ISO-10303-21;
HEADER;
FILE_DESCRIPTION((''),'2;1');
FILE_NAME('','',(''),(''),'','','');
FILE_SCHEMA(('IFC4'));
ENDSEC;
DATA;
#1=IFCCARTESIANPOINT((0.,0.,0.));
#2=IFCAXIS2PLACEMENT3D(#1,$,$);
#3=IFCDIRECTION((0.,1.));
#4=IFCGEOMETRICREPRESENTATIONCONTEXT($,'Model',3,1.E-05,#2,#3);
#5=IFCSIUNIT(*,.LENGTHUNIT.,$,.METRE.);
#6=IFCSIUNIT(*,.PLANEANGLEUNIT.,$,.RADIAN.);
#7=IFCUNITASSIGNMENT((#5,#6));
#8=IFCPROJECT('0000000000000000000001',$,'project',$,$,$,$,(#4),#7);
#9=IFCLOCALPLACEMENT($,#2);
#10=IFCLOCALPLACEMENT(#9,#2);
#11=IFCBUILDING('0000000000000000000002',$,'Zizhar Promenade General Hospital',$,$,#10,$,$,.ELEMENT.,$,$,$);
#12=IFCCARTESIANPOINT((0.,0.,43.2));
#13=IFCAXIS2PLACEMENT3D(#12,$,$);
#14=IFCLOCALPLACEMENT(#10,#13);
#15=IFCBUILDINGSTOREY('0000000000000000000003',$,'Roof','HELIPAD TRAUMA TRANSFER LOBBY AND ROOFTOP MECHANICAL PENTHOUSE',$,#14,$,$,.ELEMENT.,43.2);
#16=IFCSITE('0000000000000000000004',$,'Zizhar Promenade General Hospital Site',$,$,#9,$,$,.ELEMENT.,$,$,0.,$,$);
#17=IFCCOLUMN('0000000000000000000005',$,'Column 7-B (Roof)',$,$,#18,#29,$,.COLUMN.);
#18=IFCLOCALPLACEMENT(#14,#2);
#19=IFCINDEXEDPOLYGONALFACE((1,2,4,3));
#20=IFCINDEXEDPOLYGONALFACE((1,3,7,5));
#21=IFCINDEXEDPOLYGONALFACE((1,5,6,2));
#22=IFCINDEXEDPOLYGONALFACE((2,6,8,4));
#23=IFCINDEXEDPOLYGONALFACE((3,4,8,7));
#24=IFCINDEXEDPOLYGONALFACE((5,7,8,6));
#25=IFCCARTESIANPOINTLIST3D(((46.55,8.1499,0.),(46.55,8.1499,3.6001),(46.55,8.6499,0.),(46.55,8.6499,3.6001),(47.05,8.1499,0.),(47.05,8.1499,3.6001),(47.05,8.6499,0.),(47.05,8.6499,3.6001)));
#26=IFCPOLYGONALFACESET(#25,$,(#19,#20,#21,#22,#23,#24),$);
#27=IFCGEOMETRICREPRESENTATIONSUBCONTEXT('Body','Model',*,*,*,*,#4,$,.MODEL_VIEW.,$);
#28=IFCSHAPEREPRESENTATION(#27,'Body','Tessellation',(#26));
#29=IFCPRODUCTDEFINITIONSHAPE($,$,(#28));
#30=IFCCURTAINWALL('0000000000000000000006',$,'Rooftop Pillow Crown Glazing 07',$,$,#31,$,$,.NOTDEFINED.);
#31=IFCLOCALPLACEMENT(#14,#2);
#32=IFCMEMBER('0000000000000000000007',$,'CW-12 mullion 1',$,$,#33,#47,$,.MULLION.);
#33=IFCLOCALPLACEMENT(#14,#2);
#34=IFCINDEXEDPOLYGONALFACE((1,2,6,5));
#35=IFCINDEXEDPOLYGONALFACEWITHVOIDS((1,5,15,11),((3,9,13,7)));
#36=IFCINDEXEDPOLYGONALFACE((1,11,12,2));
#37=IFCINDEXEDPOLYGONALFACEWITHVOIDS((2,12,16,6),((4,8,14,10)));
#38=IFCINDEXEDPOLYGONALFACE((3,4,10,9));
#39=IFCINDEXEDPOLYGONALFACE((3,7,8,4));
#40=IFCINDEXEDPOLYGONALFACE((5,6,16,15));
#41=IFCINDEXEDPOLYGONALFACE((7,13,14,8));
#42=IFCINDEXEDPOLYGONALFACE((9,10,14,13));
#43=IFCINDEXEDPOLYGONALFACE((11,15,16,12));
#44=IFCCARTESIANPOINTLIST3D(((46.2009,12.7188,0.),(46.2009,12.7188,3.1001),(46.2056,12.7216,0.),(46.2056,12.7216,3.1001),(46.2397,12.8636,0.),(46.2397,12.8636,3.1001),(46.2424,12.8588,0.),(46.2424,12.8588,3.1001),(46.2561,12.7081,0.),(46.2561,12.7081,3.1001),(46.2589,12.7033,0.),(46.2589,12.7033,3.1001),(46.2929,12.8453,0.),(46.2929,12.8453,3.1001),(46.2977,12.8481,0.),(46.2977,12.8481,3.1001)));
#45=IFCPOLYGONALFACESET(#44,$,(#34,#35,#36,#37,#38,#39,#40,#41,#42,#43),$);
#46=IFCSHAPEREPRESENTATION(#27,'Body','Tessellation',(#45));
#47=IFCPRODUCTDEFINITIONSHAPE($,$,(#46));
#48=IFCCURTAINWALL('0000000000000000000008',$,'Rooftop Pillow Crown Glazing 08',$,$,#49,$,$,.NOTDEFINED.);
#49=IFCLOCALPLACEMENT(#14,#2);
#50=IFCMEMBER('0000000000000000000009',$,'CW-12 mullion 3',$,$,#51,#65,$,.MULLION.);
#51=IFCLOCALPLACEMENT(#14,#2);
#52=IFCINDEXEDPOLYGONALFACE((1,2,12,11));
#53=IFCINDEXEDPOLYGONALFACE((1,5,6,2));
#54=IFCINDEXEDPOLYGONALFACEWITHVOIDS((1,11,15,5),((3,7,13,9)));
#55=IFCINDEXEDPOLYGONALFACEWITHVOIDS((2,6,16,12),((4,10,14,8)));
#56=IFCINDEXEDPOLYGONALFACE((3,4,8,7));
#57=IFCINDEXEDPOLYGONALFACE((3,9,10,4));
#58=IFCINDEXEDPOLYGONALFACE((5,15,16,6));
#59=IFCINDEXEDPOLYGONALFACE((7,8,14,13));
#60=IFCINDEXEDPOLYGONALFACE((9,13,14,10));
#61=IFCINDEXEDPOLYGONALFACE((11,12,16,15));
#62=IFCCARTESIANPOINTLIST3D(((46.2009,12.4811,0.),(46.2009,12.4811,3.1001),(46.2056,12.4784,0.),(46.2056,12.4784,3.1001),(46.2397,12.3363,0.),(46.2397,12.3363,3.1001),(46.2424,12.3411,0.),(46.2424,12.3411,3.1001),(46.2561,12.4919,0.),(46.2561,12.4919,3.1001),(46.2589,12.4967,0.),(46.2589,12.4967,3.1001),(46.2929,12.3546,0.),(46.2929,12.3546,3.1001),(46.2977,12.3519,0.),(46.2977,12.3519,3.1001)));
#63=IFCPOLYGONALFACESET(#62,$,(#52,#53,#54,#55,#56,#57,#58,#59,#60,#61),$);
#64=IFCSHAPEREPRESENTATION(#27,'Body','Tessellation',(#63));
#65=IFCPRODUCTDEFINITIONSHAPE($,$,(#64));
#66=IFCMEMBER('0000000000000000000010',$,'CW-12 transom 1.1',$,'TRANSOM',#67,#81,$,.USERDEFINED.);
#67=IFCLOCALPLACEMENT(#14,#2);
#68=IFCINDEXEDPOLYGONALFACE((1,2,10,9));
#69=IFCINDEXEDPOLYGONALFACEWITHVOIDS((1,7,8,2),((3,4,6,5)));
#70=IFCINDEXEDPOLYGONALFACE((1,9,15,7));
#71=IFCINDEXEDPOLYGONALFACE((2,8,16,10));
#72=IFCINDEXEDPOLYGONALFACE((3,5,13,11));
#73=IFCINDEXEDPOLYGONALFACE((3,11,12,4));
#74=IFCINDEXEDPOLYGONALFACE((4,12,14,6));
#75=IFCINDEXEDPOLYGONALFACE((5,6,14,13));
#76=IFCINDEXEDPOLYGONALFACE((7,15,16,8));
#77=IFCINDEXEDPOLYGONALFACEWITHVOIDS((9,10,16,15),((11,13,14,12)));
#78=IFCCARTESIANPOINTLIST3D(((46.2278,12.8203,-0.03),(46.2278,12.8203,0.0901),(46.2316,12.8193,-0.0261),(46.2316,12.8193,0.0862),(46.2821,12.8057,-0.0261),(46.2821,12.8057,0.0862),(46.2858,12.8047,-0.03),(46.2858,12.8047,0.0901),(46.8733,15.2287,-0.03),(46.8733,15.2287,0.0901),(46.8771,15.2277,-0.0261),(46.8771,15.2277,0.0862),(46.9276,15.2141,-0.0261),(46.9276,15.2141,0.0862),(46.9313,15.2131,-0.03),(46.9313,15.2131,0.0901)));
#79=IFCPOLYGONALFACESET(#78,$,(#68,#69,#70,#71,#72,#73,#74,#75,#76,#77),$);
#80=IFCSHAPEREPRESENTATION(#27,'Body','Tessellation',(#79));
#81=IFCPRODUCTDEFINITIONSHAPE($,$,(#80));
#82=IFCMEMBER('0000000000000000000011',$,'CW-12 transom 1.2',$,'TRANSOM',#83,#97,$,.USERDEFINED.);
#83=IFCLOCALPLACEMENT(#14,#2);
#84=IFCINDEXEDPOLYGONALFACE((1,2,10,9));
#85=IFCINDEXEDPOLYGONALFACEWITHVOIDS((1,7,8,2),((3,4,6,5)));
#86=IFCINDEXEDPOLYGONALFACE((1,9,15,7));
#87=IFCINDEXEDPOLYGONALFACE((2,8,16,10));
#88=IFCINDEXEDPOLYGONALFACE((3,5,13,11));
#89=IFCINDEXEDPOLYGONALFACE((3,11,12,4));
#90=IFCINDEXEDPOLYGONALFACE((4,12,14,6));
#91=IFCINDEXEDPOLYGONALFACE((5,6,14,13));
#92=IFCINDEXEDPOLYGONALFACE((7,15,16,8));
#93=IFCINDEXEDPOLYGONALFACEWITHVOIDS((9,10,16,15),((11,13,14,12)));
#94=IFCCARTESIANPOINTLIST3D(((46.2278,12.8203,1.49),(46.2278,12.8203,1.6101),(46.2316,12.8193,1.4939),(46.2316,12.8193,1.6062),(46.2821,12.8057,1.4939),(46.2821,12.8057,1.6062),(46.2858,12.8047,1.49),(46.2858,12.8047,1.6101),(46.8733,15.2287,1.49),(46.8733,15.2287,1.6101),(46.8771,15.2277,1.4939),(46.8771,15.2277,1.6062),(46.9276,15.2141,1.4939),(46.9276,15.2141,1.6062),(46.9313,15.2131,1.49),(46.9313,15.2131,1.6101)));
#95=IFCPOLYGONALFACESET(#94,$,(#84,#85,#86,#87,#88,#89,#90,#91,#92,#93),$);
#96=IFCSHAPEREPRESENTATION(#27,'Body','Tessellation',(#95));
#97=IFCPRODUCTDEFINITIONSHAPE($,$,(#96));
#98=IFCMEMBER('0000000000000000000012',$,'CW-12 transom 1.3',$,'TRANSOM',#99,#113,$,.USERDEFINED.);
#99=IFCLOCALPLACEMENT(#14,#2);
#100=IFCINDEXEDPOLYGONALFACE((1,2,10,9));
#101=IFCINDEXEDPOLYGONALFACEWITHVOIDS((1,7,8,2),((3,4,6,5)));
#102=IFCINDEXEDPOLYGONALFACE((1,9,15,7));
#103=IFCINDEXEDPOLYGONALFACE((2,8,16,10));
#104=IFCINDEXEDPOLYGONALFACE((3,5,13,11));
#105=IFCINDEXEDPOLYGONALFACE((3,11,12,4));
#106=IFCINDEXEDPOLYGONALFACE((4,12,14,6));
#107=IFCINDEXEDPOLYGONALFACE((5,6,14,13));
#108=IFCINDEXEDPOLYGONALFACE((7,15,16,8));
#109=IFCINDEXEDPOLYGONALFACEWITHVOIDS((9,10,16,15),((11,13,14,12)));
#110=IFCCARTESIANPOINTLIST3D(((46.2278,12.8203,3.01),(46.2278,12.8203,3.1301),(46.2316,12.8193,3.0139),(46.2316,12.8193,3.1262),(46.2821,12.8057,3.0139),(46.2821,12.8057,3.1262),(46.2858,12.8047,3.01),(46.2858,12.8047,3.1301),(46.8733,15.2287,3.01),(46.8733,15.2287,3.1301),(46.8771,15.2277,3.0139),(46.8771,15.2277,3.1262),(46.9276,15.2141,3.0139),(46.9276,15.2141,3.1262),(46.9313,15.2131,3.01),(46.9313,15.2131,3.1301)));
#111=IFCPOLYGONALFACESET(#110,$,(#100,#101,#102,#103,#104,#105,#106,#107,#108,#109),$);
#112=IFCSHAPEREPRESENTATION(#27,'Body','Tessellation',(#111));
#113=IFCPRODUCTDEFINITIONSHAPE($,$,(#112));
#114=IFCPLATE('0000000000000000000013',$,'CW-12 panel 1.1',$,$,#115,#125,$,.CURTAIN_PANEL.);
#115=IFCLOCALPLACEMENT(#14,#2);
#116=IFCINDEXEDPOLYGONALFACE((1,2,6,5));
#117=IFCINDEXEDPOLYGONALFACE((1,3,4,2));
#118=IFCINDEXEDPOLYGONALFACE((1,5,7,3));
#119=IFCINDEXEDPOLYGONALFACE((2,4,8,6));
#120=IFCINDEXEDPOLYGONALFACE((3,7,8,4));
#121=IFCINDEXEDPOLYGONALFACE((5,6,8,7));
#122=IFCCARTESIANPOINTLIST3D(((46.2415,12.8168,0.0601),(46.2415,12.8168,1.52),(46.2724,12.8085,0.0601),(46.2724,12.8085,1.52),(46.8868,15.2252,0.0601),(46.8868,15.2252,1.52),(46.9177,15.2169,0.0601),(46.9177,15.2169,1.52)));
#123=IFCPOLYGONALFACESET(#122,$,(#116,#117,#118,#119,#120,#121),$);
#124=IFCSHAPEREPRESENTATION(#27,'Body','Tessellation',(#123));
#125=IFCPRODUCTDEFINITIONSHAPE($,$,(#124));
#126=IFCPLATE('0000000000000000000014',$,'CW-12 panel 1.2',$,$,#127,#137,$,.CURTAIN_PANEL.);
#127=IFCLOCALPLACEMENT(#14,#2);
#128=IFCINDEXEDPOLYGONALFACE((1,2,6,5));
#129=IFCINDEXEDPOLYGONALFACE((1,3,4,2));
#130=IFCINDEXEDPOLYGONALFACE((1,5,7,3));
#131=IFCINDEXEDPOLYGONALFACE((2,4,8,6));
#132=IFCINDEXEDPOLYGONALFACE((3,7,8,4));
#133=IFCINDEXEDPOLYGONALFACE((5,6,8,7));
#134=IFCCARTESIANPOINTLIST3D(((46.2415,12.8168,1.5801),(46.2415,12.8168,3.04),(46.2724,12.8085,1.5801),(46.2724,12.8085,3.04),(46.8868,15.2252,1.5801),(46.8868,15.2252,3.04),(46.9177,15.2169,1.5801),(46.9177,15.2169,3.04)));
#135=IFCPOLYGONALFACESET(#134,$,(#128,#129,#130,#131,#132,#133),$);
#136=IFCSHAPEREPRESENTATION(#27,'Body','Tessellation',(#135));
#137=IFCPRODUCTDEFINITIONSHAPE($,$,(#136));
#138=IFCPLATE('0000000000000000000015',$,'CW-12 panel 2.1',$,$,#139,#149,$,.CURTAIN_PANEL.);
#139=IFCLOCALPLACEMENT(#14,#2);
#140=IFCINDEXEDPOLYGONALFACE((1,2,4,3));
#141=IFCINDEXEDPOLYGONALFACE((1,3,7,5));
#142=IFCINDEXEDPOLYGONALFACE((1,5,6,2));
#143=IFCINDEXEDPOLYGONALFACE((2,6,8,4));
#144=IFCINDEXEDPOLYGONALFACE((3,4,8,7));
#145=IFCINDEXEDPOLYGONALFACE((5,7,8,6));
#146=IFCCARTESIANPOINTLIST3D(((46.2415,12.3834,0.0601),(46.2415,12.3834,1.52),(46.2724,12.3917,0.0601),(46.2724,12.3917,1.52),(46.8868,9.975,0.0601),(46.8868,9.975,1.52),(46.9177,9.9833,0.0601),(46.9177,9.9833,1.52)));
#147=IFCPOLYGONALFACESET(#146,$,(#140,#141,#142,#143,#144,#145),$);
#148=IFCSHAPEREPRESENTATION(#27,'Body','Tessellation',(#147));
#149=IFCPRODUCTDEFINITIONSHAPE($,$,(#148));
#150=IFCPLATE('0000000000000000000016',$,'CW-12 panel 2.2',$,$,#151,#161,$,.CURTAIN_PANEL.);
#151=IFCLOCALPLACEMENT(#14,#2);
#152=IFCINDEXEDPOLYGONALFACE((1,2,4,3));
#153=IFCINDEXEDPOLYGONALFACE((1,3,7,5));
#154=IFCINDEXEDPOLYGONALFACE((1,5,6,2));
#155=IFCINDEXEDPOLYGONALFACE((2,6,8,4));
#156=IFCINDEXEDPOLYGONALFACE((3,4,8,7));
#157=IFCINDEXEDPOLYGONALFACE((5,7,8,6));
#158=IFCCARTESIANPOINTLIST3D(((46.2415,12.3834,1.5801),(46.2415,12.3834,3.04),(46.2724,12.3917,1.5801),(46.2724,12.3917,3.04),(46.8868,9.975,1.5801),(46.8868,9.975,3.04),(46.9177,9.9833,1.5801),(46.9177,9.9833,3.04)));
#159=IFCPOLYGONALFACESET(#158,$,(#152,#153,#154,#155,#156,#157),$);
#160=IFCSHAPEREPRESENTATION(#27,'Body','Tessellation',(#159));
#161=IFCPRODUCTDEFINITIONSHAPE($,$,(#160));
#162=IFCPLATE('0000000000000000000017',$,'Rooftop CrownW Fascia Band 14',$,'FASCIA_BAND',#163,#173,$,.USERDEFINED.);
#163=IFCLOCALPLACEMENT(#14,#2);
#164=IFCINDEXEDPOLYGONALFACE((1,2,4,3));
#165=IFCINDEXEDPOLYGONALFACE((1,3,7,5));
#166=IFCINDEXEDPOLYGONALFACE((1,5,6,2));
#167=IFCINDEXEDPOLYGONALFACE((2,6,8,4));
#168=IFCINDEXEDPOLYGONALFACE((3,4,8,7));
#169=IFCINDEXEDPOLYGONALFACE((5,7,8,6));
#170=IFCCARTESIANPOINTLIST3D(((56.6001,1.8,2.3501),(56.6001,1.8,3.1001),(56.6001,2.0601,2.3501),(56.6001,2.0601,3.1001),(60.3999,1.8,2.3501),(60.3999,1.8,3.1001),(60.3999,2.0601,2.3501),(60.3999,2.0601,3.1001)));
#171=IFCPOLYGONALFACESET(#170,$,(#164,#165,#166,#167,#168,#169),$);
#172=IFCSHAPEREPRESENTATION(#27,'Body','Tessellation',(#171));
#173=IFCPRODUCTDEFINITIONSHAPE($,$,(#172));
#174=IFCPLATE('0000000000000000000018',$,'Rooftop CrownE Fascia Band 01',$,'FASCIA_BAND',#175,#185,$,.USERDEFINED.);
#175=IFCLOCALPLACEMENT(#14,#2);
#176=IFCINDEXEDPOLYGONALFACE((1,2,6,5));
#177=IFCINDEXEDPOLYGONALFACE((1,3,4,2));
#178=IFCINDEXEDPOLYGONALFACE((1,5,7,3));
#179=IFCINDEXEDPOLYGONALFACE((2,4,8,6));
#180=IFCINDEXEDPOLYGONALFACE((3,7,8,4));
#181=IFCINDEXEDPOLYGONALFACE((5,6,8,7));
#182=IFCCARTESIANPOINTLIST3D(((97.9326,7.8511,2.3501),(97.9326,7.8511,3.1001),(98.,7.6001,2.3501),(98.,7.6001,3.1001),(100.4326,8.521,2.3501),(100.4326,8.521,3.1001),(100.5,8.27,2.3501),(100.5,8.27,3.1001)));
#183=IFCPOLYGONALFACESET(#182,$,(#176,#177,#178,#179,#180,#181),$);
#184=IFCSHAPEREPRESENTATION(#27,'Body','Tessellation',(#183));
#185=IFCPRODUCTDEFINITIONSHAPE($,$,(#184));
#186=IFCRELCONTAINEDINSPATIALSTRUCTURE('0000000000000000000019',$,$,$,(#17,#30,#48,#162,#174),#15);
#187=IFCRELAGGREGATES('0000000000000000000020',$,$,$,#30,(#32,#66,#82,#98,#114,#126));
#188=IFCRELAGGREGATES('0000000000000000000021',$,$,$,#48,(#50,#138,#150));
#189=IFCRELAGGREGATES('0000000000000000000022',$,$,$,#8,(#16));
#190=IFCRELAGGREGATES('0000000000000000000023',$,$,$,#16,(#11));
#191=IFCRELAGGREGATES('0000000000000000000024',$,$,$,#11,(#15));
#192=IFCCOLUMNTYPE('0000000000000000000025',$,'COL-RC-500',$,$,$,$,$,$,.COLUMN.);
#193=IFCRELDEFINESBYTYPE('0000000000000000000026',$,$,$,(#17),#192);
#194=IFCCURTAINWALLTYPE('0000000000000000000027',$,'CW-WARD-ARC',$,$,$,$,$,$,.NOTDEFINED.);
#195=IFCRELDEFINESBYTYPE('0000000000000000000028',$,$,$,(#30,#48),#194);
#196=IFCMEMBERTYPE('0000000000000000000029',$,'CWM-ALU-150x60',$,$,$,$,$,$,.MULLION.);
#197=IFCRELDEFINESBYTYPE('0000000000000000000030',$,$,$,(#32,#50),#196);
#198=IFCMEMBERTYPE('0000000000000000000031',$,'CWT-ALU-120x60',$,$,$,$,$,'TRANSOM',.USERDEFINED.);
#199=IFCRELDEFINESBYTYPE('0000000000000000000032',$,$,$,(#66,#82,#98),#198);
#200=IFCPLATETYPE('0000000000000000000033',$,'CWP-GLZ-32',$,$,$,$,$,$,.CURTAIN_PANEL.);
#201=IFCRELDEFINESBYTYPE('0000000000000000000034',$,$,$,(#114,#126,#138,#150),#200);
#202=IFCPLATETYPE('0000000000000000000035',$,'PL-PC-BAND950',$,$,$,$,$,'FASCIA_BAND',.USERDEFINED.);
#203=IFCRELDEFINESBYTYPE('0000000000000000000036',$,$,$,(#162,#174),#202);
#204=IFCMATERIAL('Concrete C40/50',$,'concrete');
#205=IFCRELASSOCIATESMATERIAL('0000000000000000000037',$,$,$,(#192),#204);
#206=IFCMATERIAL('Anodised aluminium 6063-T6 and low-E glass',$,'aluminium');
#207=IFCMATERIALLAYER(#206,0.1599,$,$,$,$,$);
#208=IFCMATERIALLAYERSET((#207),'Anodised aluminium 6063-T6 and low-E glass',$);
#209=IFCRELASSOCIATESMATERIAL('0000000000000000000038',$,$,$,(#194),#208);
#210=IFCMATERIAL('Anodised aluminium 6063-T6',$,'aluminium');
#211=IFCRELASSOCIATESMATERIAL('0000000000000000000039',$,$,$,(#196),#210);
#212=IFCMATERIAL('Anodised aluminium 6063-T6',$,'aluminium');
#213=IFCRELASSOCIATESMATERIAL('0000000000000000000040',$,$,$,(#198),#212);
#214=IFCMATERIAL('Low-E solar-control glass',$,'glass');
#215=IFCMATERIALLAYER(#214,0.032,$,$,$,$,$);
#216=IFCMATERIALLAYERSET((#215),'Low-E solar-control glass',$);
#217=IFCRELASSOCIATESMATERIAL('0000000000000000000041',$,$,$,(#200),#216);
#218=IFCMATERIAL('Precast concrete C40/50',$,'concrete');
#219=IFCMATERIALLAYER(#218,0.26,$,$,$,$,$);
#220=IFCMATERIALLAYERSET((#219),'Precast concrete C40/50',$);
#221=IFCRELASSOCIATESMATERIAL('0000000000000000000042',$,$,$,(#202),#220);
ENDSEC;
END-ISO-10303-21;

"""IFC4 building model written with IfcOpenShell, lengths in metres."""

from ifc_helpers import new_model, si_unit, direction, frame, origin, origin_2d, place, context, subcontext, project, spatial, polyline, rectangle, hollow_rectangle, outline, extrude, material, layer, layer_set, material_profile, profile_set, type_object, element, aggregate, save


model = new_model("IFC4")

# Units and contexts
model_context = context("Model", 3, precision=1e-05, world=origin(), true_north=direction((0.0, 1.0)))
body_context = subcontext(model_context, "Body", "Model", "MODEL_VIEW")
ifc_project = project(units=[si_unit("LENGTHUNIT", "METRE"), si_unit("PLANEANGLEUNIT", "RADIAN")], contexts=[model_context])

# Site, building, storey
site_placement = place(None, origin())
site = spatial("IfcSite", under=ifc_project, at=site_placement, Name="Zizhar Promenade General Hospital Site", CompositionType="ELEMENT", RefElevation=0.0)
building_placement = place(site_placement, origin())
building = spatial("IfcBuilding", under=site, at=building_placement, Name="Zizhar Promenade General Hospital", CompositionType="ELEMENT")
storey_placement = place(building_placement, frame((0.0, 0.0, 43.2)))
storey = spatial("IfcBuildingStorey", under=building, at=storey_placement, Name="Roof", Description="HELIPAD TRAUMA TRANSFER LOBBY AND ROOFTOP MECHANICAL PENTHOUSE", CompositionType="ELEMENT", Elevation=43.2)

# Column
ifc_material_1 = material(Name="Concrete C40/50", Category="concrete")
ifc_material_profile_1 = material_profile(ifc_material_1, rectangle(XDim=0.5, YDim=0.5, at=origin_2d()))
ifc_profile_set_1 = profile_set([ifc_material_profile_1], Name="Concrete C40/50")
column_type = type_object("IfcColumnType", Name="COL-RC-500", PredefinedType="COLUMN", material=ifc_profile_set_1)
column_placement = place(storey_placement, frame((46.8, 8.3999, 0.0), z_axis=(0.0, 0.0, 1.0), x_axis=(1.0, 0.0, 0.0)))
element("IfcColumn", 1, at=column_placement, inside=storey, type_object=column_type, Name="Column 7-B (Roof)", PredefinedType="COLUMN", context=body_context, shape_type="SweptSolid", body=[
    extrude(rectangle(XDim=0.5, YDim=0.5, at=origin_2d()), origin(), (0.0, 0.0, 1.0), 3.6001),
])

# Curtain walls, members
ifc_material_2 = material(Name="Anodised aluminium 6063-T6 and low-E glass", Category="aluminium")
ifc_layer_1 = layer(ifc_material_2, 0.1599)
ifc_layer_set_1 = layer_set([ifc_layer_1], Name="Anodised aluminium 6063-T6 and low-E glass")
curtain_wall_type = type_object("IfcCurtainWallType", Name="CW-WARD-ARC", PredefinedType="NOTDEFINED", material=ifc_layer_set_1)
curtain_wall_1_placement = place(storey_placement, origin())
curtain_wall_1 = element("IfcCurtainWall", 2, at=curtain_wall_1_placement, inside=storey, type_object=curtain_wall_type, Name="Rooftop Pillow Crown Glazing 07", PredefinedType="NOTDEFINED")
ifc_material_3 = material(Name="Anodised aluminium 6063-T6", Category="aluminium")
ifc_material_profile_2 = material_profile(ifc_material_3, hollow_rectangle(XDim=0.0601, YDim=0.1499, WallThickness=0.0039, at=origin_2d()))
ifc_profile_set_2 = profile_set([ifc_material_profile_2], Name="Anodised aluminium 6063-T6")
member_type_1 = type_object("IfcMemberType", Name="CWM-ALU-150x60", PredefinedType="MULLION", material=ifc_profile_set_2)
member_1_placement = place(storey_placement, frame((46.2493, 12.7834, 0.0), z_axis=(0.0, 0.0, 1.0), x_axis=(-0.965927, 0.258813, 0.0)))
member_1 = element("IfcMember", 3, at=member_1_placement, type_object=member_type_1, Name="CW-12 mullion 1", PredefinedType="MULLION", context=body_context, shape_type="SweptSolid", body=[
    extrude(hollow_rectangle(XDim=0.0601, YDim=0.1499, WallThickness=0.0039, at=origin_2d()), origin(), (0.0, 0.0, 1.0), 3.1001),
])
curtain_wall_2_placement = place(storey_placement, origin())
curtain_wall_2 = element("IfcCurtainWall", 4, at=curtain_wall_2_placement, inside=storey, type_object=curtain_wall_type, Name="Rooftop Pillow Crown Glazing 08", PredefinedType="NOTDEFINED")
member_2_placement = place(storey_placement, frame((46.2493, 12.4165, 0.0), z_axis=(0.0, 0.0, 1.0), x_axis=(-0.965927, -0.258813, 0.0)))
member_2 = element("IfcMember", 5, at=member_2_placement, type_object=member_type_1, Name="CW-12 mullion 3", PredefinedType="MULLION", context=body_context, shape_type="SweptSolid", body=[
    extrude(hollow_rectangle(XDim=0.0601, YDim=0.1499, WallThickness=0.0039, at=origin_2d()), origin(), (0.0, 0.0, 1.0), 3.1001),
])

# Members
ifc_material_4 = material(Name="Anodised aluminium 6063-T6", Category="aluminium")
ifc_material_profile_3 = material_profile(ifc_material_4, hollow_rectangle(XDim=0.0601, YDim=0.1201, WallThickness=0.0039, at=origin_2d()))
ifc_profile_set_3 = profile_set([ifc_material_profile_3], Name="Anodised aluminium 6063-T6")
member_type_2 = type_object("IfcMemberType", Name="CWT-ALU-120x60", ElementType="TRANSOM", PredefinedType="USERDEFINED", material=ifc_profile_set_3)
member_3_placement = place(storey_placement, frame((46.2568, 12.8125, 0.03), z_axis=(0.258881, 0.965909, 0.0), x_axis=(-0.965909, 0.258881, 0.0)))
member_3 = element("IfcMember", 6, at=member_3_placement, type_object=member_type_2, Name="CW-12 transom 1.1", ObjectType="TRANSOM", PredefinedType="USERDEFINED", context=body_context, shape_type="SweptSolid", body=[
    extrude(hollow_rectangle(XDim=0.0601, YDim=0.1201, WallThickness=0.0039, at=origin_2d()), origin(), (0.0, 0.0, 1.0), 2.4934),
])
member_4_placement = place(storey_placement, frame((46.2568, 12.8125, 1.55), z_axis=(0.258881, 0.965909, 0.0), x_axis=(-0.965909, 0.258881, 0.0)))
member_4 = element("IfcMember", 7, at=member_4_placement, type_object=member_type_2, Name="CW-12 transom 1.2", ObjectType="TRANSOM", PredefinedType="USERDEFINED", context=body_context, shape_type="SweptSolid", body=[
    extrude(hollow_rectangle(XDim=0.0601, YDim=0.1201, WallThickness=0.0039, at=origin_2d()), origin(), (0.0, 0.0, 1.0), 2.4934),
])
member_5_placement = place(storey_placement, frame((46.2568, 12.8125, 3.0701), z_axis=(0.258881, 0.965909, 0.0), x_axis=(-0.965909, 0.258881, 0.0)))
member_5 = element("IfcMember", 8, at=member_5_placement, type_object=member_type_2, Name="CW-12 transom 1.3", ObjectType="TRANSOM", PredefinedType="USERDEFINED", context=body_context, shape_type="SweptSolid", body=[
    extrude(hollow_rectangle(XDim=0.0601, YDim=0.1201, WallThickness=0.0039, at=origin_2d()), origin(), (0.0, 0.0, 1.0), 2.4934),
])

# Plates
ifc_material_5 = material(Name="Low-E solar-control glass", Category="glass")
ifc_layer_2 = layer(ifc_material_5, 0.032)
ifc_layer_set_2 = layer_set([ifc_layer_2], Name="Low-E solar-control glass")
plate_type_1 = type_object("IfcPlateType", Name="CWP-GLZ-32", PredefinedType="CURTAIN_PANEL", material=ifc_layer_set_2)
plate_1_placement = place(storey_placement, frame((46.5796, 14.0168, 0.0601), z_axis=(0.0, 0.0, 1.0), x_axis=(0.258813, 0.965927, 0.0)))
plate_1 = element("IfcPlate", 9, at=plate_1_placement, type_object=plate_type_1, Name="CW-12 panel 1.1", PredefinedType="CURTAIN_PANEL", context=body_context, shape_type="SweptSolid", body=[
    extrude(rectangle(XDim=2.4934, YDim=0.032, at=origin_2d()), origin(), (0.0, 0.0, 1.0), 1.46),
])
plate_2_placement = place(storey_placement, frame((46.5796, 14.0168, 1.5801), z_axis=(0.0, 0.0, 1.0), x_axis=(0.258813, 0.965927, 0.0)))
plate_2 = element("IfcPlate", 10, at=plate_2_placement, type_object=plate_type_1, Name="CW-12 panel 1.2", PredefinedType="CURTAIN_PANEL", context=body_context, shape_type="SweptSolid", body=[
    extrude(rectangle(XDim=2.4934, YDim=0.032, at=origin_2d()), origin(), (0.0, 0.0, 1.0), 1.46),
])
aggregate(curtain_wall_1, [member_1, member_3, member_4, member_5, plate_1, plate_2])
plate_3_placement = place(storey_placement, frame((46.5796, 11.1833, 0.0601), z_axis=(0.0, 0.0, 1.0), x_axis=(-0.258813, 0.965927, 0.0)))
plate_3 = element("IfcPlate", 11, at=plate_3_placement, type_object=plate_type_1, Name="CW-12 panel 2.1", PredefinedType="CURTAIN_PANEL", context=body_context, shape_type="SweptSolid", body=[
    extrude(rectangle(XDim=2.4934, YDim=0.032, at=origin_2d()), origin(), (0.0, 0.0, 1.0), 1.46),
])
plate_4_placement = place(storey_placement, frame((46.5796, 11.1833, 1.5801), z_axis=(0.0, 0.0, 1.0), x_axis=(-0.258813, 0.965927, 0.0)))
plate_4 = element("IfcPlate", 12, at=plate_4_placement, type_object=plate_type_1, Name="CW-12 panel 2.2", PredefinedType="CURTAIN_PANEL", context=body_context, shape_type="SweptSolid", body=[
    extrude(rectangle(XDim=2.4934, YDim=0.032, at=origin_2d()), origin(), (0.0, 0.0, 1.0), 1.46),
])
aggregate(curtain_wall_2, [member_2, plate_3, plate_4])

# Plates
ifc_material_6 = material(Name="Precast concrete C40/50", Category="concrete")
ifc_layer_3 = layer(ifc_material_6, 0.26)
ifc_layer_set_3 = layer_set([ifc_layer_3], Name="Precast concrete C40/50")
plate_type_2 = type_object("IfcPlateType", Name="PL-PC-BAND950", ElementType="FASCIA_BAND", PredefinedType="USERDEFINED", material=ifc_layer_set_3)
plate_5_placement = place(storey_placement, frame((0.0, 0.0, 2.3501)))
element("IfcPlate", 13, at=plate_5_placement, inside=storey, type_object=plate_type_2, Name="Rooftop CrownW Fascia Band 14", ObjectType="FASCIA_BAND", PredefinedType="USERDEFINED", context=body_context, shape_type="SweptSolid", body=[
    extrude(outline(polyline([(56.6001, 1.8), (60.3999, 1.8), (60.3999, 2.0601), (56.6001, 2.0601), (56.6001, 1.8)])), origin(), (0.0, 0.0, 1.0), 0.75),
])
plate_6_placement = place(storey_placement, frame((0.0, 0.0, 2.3501)))
element("IfcPlate", 14, at=plate_6_placement, inside=storey, type_object=plate_type_2, Name="Rooftop CrownE Fascia Band 01", ObjectType="FASCIA_BAND", PredefinedType="USERDEFINED", context=body_context, shape_type="SweptSolid", body=[
    extrude(outline(polyline([(98.0, 7.6001), (100.5, 8.27), (100.4326, 8.521), (97.9326, 7.8511), (98.0, 7.6001)])), origin(), (0.0, 0.0, 1.0), 0.75),
])

save(model, "model.ifc")
